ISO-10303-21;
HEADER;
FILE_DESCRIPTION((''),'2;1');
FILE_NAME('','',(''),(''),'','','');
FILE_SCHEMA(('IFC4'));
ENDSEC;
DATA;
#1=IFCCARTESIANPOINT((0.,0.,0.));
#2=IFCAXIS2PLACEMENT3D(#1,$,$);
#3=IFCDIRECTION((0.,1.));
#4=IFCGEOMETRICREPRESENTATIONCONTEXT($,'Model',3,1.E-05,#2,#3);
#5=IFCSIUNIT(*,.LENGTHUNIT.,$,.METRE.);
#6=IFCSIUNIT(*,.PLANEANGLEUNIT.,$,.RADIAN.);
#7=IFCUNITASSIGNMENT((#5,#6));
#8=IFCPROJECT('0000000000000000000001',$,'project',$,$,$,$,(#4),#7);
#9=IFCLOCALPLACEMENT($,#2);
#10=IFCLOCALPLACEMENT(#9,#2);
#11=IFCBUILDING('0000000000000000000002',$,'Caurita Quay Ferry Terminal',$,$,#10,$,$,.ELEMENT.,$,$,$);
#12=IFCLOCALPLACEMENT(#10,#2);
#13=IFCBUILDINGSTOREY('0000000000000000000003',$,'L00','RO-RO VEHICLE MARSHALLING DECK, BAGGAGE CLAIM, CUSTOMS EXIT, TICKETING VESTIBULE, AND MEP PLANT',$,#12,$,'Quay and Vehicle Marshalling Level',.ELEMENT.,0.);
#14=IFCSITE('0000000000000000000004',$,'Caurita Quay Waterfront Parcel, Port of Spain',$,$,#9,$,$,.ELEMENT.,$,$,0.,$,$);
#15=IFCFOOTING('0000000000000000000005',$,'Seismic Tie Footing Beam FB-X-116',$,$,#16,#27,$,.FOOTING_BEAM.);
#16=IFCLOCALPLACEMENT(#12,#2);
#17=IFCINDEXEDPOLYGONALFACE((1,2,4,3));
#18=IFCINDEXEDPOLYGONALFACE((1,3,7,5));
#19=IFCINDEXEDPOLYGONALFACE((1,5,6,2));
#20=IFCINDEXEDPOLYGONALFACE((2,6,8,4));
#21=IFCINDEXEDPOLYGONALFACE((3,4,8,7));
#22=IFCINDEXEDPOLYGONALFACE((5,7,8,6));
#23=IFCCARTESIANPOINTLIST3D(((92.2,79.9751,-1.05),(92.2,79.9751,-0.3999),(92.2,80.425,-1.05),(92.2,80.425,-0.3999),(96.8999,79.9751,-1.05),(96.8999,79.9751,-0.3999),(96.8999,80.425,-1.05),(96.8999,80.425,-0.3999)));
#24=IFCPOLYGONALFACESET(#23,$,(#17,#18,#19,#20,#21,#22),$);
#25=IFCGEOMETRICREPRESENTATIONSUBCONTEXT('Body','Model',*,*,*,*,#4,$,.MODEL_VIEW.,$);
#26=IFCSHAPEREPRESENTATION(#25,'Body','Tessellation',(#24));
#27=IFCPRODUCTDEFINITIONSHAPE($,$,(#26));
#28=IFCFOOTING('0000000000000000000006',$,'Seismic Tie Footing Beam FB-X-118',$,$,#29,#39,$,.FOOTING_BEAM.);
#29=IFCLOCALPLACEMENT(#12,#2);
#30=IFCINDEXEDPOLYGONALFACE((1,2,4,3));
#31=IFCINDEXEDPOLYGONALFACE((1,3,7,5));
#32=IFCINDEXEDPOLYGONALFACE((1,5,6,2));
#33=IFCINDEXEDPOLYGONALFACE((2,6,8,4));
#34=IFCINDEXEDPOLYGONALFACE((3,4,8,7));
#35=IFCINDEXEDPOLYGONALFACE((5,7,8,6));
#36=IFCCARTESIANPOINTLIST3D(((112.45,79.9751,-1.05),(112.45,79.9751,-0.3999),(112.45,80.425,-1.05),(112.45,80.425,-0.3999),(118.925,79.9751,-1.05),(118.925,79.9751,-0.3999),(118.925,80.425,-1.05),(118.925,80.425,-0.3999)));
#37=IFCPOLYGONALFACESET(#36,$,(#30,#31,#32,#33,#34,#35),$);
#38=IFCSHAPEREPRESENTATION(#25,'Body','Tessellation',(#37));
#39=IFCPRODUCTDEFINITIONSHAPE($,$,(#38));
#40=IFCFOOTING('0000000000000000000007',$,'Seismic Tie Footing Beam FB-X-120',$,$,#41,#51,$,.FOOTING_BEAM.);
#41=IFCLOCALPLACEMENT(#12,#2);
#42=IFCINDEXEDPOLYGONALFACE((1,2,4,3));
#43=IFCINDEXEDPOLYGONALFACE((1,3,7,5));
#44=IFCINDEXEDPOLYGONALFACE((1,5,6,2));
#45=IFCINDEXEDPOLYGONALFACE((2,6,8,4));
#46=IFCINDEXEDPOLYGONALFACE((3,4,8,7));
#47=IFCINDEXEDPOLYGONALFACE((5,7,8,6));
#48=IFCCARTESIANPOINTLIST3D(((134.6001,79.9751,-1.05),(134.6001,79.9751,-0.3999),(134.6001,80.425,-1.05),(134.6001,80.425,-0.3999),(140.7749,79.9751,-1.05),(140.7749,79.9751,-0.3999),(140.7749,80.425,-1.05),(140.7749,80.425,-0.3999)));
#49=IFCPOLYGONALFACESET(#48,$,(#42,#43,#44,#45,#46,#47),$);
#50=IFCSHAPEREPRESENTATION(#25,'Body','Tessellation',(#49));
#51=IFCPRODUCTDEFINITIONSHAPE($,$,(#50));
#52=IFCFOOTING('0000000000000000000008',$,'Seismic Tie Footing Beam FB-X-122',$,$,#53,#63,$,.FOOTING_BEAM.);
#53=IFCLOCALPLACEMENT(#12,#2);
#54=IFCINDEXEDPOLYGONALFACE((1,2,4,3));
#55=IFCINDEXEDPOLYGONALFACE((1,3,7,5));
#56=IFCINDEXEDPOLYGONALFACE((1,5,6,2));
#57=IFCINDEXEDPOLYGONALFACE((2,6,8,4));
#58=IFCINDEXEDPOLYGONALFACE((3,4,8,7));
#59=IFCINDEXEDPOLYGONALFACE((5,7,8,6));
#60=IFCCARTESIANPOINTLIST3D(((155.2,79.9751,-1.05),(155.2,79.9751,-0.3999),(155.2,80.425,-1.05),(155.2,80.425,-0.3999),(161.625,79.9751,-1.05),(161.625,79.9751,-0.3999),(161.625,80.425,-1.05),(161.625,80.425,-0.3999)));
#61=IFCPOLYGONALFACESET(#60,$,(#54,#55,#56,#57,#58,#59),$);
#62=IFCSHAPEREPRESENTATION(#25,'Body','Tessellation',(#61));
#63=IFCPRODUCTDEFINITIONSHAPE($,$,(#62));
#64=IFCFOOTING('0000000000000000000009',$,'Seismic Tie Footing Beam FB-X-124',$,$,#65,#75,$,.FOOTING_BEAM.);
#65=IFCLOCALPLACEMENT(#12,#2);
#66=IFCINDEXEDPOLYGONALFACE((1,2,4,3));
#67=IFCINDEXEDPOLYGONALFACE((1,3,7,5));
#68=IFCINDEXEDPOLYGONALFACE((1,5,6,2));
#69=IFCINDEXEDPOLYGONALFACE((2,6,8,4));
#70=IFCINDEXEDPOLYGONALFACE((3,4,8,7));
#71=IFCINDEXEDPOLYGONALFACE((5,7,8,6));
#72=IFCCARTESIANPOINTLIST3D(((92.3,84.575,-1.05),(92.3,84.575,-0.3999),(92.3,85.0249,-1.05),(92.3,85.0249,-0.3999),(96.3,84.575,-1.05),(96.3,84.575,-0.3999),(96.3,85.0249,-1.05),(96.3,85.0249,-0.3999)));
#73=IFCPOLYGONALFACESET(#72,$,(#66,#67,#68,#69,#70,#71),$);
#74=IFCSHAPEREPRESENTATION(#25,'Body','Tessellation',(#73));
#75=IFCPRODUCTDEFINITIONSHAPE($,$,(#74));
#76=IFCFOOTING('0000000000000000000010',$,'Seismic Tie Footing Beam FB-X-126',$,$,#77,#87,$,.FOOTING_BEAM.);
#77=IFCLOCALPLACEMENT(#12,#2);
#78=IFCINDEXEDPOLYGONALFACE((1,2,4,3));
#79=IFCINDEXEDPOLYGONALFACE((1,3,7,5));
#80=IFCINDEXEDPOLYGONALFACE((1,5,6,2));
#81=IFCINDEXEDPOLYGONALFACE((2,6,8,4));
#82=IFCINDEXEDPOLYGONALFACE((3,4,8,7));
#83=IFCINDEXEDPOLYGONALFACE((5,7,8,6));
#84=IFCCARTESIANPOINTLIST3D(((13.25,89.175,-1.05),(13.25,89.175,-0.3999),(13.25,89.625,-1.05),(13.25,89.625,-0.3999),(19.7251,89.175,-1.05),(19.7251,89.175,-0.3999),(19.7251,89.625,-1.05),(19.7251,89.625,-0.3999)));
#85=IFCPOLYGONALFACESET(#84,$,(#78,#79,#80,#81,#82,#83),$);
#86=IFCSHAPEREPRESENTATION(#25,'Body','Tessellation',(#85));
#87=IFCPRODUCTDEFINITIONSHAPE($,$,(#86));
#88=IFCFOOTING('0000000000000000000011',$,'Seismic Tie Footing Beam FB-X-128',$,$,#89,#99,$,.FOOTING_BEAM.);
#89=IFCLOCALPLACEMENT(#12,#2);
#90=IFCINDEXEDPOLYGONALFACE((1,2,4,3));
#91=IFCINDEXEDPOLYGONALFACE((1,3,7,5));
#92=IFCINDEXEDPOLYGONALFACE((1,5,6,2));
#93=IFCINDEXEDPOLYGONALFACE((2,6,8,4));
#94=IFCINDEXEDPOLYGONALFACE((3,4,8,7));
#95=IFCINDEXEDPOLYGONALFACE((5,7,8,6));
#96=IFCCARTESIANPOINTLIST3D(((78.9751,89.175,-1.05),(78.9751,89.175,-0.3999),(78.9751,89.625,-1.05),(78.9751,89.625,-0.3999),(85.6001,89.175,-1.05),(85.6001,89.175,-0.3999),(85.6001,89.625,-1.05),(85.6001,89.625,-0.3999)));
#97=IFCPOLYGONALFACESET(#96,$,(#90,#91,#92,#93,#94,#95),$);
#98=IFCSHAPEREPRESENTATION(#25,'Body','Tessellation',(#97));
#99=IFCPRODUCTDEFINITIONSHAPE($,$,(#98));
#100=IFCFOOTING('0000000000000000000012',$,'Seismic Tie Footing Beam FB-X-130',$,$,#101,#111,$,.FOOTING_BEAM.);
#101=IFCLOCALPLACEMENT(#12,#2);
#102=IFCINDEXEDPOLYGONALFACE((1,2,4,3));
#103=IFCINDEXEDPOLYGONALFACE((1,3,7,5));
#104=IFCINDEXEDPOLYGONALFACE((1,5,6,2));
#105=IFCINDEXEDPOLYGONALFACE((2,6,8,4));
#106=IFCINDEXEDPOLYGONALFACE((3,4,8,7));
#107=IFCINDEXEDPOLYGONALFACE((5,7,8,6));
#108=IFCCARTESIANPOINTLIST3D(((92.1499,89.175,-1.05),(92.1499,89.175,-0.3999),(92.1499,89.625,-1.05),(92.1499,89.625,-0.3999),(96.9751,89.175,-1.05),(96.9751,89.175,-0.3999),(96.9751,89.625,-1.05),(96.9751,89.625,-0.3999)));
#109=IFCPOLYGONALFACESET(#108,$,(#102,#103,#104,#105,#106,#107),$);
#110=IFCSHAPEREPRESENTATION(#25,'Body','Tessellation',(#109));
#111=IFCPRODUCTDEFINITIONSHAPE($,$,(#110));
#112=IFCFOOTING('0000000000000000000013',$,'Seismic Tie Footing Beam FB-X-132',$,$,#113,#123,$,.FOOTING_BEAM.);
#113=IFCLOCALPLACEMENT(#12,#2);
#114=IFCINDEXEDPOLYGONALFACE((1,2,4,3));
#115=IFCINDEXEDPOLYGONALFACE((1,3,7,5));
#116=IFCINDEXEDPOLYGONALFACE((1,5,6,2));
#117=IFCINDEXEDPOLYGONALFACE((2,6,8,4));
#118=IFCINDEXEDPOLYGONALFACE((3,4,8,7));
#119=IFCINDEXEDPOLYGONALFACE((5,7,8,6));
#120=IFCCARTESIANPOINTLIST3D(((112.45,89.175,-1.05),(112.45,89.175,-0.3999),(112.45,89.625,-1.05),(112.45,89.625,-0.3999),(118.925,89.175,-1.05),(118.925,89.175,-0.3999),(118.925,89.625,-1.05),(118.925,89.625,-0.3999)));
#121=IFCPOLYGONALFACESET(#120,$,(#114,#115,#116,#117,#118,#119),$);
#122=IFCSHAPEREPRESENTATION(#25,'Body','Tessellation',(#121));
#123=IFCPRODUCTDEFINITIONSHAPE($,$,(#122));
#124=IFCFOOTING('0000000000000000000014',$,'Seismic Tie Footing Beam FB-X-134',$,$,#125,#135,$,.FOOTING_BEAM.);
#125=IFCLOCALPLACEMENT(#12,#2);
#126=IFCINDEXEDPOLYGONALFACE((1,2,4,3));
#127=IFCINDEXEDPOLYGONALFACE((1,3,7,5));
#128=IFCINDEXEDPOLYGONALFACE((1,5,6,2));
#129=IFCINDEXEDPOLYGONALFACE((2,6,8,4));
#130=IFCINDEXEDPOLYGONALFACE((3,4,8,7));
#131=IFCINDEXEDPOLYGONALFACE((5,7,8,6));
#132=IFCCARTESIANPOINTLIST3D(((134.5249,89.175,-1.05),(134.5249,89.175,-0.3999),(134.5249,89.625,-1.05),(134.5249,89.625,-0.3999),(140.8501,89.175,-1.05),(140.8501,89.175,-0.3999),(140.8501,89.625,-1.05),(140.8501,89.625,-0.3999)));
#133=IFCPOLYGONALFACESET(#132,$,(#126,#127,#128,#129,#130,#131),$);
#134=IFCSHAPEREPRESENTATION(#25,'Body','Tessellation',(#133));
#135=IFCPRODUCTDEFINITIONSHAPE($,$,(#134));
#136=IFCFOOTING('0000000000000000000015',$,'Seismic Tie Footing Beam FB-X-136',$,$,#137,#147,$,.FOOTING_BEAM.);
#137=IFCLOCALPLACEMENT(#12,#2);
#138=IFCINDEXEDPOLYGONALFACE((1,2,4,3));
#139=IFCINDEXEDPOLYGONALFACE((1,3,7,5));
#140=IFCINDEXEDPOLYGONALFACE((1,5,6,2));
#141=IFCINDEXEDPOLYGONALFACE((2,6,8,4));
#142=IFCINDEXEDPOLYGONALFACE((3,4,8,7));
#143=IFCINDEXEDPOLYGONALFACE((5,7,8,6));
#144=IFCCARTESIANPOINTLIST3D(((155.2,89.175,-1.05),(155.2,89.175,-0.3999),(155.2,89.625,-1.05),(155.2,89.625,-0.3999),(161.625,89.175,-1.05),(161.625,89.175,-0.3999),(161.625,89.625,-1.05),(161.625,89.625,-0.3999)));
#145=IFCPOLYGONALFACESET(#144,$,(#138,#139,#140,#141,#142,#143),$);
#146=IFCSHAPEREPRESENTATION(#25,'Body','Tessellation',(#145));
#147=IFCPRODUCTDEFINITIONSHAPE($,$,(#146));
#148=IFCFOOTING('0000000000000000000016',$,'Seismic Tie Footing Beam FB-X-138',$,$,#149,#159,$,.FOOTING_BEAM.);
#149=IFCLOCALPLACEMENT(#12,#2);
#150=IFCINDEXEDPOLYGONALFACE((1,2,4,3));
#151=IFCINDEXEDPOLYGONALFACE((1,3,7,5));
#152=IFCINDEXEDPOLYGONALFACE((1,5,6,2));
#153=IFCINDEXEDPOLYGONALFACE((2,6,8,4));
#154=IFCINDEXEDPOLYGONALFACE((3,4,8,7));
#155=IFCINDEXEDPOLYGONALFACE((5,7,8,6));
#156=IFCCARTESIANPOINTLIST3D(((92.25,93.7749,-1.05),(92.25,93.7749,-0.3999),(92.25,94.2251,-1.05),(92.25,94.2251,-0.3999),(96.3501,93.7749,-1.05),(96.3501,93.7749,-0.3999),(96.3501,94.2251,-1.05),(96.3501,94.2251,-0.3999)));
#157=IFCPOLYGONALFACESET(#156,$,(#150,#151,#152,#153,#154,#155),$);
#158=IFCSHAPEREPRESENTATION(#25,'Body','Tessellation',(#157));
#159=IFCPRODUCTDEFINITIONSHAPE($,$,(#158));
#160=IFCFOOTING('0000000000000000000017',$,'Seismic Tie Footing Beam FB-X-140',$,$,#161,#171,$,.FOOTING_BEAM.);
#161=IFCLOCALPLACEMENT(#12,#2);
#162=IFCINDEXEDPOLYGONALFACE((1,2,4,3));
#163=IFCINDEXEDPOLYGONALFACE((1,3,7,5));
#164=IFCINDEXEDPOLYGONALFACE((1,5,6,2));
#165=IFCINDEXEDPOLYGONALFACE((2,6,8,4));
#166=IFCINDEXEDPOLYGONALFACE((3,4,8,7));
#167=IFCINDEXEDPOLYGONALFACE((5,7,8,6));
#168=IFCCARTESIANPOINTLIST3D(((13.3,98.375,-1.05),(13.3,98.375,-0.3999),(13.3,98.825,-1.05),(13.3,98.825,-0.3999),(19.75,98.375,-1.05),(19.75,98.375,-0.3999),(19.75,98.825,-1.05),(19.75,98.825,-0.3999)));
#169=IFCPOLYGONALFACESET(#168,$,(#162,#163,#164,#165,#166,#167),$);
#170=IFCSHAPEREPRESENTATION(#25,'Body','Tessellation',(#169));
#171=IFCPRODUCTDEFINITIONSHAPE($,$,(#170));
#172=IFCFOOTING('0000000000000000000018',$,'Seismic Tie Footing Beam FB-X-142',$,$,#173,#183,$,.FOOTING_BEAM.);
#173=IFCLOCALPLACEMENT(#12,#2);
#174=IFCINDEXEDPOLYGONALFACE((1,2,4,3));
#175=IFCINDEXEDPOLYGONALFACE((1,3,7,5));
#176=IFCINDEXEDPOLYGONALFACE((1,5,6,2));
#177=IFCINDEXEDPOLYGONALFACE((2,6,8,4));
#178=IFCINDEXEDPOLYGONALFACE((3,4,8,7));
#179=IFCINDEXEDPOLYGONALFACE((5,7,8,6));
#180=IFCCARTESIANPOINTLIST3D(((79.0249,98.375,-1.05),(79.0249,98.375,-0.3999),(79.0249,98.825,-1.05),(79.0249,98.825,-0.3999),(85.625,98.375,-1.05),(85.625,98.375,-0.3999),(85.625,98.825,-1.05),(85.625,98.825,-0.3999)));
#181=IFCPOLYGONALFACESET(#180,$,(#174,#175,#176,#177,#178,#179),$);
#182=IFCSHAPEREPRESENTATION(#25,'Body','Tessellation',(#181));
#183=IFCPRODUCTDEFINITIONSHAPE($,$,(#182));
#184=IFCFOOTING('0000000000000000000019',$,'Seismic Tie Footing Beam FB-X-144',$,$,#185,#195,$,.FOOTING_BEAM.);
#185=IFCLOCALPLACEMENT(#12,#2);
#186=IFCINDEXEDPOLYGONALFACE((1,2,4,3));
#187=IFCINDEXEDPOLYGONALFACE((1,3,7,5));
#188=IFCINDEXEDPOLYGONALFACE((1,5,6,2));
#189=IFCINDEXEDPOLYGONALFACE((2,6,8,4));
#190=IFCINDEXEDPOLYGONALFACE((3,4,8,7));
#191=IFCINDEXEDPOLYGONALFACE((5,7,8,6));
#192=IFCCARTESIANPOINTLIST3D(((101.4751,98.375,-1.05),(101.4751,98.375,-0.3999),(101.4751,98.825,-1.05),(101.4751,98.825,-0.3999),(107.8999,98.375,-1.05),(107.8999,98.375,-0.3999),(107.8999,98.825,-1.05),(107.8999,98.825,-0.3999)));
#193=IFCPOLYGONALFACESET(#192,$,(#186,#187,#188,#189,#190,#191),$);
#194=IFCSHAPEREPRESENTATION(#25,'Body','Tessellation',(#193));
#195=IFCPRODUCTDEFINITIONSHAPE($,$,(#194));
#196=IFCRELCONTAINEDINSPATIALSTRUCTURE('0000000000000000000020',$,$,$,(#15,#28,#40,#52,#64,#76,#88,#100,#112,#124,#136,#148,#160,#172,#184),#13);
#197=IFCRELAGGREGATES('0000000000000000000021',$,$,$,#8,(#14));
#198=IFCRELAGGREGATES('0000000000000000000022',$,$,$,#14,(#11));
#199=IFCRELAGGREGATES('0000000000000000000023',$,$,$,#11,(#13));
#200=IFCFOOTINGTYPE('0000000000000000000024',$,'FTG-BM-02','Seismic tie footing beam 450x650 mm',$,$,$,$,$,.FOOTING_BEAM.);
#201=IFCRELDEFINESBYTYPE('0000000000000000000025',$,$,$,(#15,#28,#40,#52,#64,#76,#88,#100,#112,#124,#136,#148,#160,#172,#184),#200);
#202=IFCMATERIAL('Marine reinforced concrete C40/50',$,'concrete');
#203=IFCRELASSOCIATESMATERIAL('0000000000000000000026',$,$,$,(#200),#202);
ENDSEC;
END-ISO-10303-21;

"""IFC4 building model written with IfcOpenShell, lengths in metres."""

from ifc_helpers import new_model, si_unit, direction, frame, origin, place, context, subcontext, project, spatial, polyline, outline, extrude, material, type_object, element, save


model = new_model("IFC4")

# Units and contexts
model_context = context("Model", 3, precision=1e-05, world=origin(), true_north=direction((0.0, 1.0)))
body_context = subcontext(model_context, "Body", "Model", "MODEL_VIEW")
ifc_project = project(units=[si_unit("LENGTHUNIT", "METRE"), si_unit("PLANEANGLEUNIT", "RADIAN")], contexts=[model_context])

# Site, building, storey
site_placement = place(None, origin())
site = spatial("IfcSite", under=ifc_project, at=site_placement, Name="Caurita Quay Waterfront Parcel, Port of Spain", CompositionType="ELEMENT", RefElevation=0.0)
building_placement = place(site_placement, origin())
building = spatial("IfcBuilding", under=site, at=building_placement, Name="Caurita Quay Ferry Terminal", CompositionType="ELEMENT")
storey_placement = place(building_placement, origin())
storey = spatial("IfcBuildingStorey", under=building, at=storey_placement, Name="L00", Description="RO-RO VEHICLE MARSHALLING DECK, BAGGAGE CLAIM, CUSTOMS EXIT, TICKETING VESTIBULE, AND MEP PLANT", LongName="Quay and Vehicle Marshalling Level", CompositionType="ELEMENT", Elevation=0.0)

# Footings
ifc_material = material(Name="Marine reinforced concrete C40/50", Category="concrete")
footing_type = type_object("IfcFootingType", Name="FTG-BM-02", Description="Seismic tie footing beam 450x650 mm", PredefinedType="FOOTING_BEAM", material=ifc_material)
footing_1_placement = place(storey_placement, frame((0.0, 0.0, -1.05)))
element("IfcFooting", 1, at=footing_1_placement, inside=storey, type_object=footing_type, Name="Seismic Tie Footing Beam FB-X-116", PredefinedType="FOOTING_BEAM", context=body_context, shape_type="SweptSolid", body=[
    extrude(outline(polyline([(92.2, 79.9751), (96.8999, 79.9751), (96.8999, 80.425), (92.2, 80.425), (92.2, 79.9751)])), origin(), (0.0, 0.0, 1.0), 0.6501),
])
footing_2_placement = place(storey_placement, frame((0.0, 0.0, -1.05)))
element("IfcFooting", 2, at=footing_2_placement, inside=storey, type_object=footing_type, Name="Seismic Tie Footing Beam FB-X-118", PredefinedType="FOOTING_BEAM", context=body_context, shape_type="SweptSolid", body=[
    extrude(outline(polyline([(112.45, 79.9751), (118.925, 79.9751), (118.925, 80.425), (112.45, 80.425), (112.45, 79.9751)])), origin(), (0.0, 0.0, 1.0), 0.6501),
])
footing_3_placement = place(storey_placement, frame((0.0, 0.0, -1.05)))
element("IfcFooting", 3, at=footing_3_placement, inside=storey, type_object=footing_type, Name="Seismic Tie Footing Beam FB-X-120", PredefinedType="FOOTING_BEAM", context=body_context, shape_type="SweptSolid", body=[
    extrude(outline(polyline([(134.6001, 79.9751), (140.7749, 79.9751), (140.7749, 80.425), (134.6001, 80.425), (134.6001, 79.9751)])), origin(), (0.0, 0.0, 1.0), 0.6501),
])
footing_4_placement = place(storey_placement, frame((0.0, 0.0, -1.05)))
element("IfcFooting", 4, at=footing_4_placement, inside=storey, type_object=footing_type, Name="Seismic Tie Footing Beam FB-X-122", PredefinedType="FOOTING_BEAM", context=body_context, shape_type="SweptSolid", body=[
    extrude(outline(polyline([(155.2, 79.9751), (161.625, 79.9751), (161.625, 80.425), (155.2, 80.425), (155.2, 79.9751)])), origin(), (0.0, 0.0, 1.0), 0.6501),
])
footing_5_placement = place(storey_placement, frame((0.0, 0.0, -1.05)))
element("IfcFooting", 5, at=footing_5_placement, inside=storey, type_object=footing_type, Name="Seismic Tie Footing Beam FB-X-124", PredefinedType="FOOTING_BEAM", context=body_context, shape_type="SweptSolid", body=[
    extrude(outline(polyline([(92.3, 84.575), (96.3, 84.575), (96.3, 85.0249), (92.3, 85.0249), (92.3, 84.575)])), origin(), (0.0, 0.0, 1.0), 0.6501),
])
footing_6_placement = place(storey_placement, frame((0.0, 0.0, -1.05)))
element("IfcFooting", 6, at=footing_6_placement, inside=storey, type_object=footing_type, Name="Seismic Tie Footing Beam FB-X-126", PredefinedType="FOOTING_BEAM", context=body_context, shape_type="SweptSolid", body=[
    extrude(outline(polyline([(13.25, 89.175), (19.7251, 89.175), (19.7251, 89.625), (13.25, 89.625), (13.25, 89.175)])), origin(), (0.0, 0.0, 1.0), 0.6501),
])
footing_7_placement = place(storey_placement, frame((0.0, 0.0, -1.05)))
element("IfcFooting", 7, at=footing_7_placement, inside=storey, type_object=footing_type, Name="Seismic Tie Footing Beam FB-X-128", PredefinedType="FOOTING_BEAM", context=body_context, shape_type="SweptSolid", body=[
    extrude(outline(polyline([(78.9751, 89.175), (85.6001, 89.175), (85.6001, 89.625), (78.9751, 89.625), (78.9751, 89.175)])), origin(), (0.0, 0.0, 1.0), 0.6501),
])
footing_8_placement = place(storey_placement, frame((0.0, 0.0, -1.05)))
element("IfcFooting", 8, at=footing_8_placement, inside=storey, type_object=footing_type, Name="Seismic Tie Footing Beam FB-X-130", PredefinedType="FOOTING_BEAM", context=body_context, shape_type="SweptSolid", body=[
    extrude(outline(polyline([(92.1499, 89.175), (96.9751, 89.175), (96.9751, 89.625), (92.1499, 89.625), (92.1499, 89.175)])), origin(), (0.0, 0.0, 1.0), 0.6501),
])
footing_9_placement = place(storey_placement, frame((0.0, 0.0, -1.05)))
element("IfcFooting", 9, at=footing_9_placement, inside=storey, type_object=footing_type, Name="Seismic Tie Footing Beam FB-X-132", PredefinedType="FOOTING_BEAM", context=body_context, shape_type="SweptSolid", body=[
    extrude(outline(polyline([(112.45, 89.175), (118.925, 89.175), (118.925, 89.625), (112.45, 89.625), (112.45, 89.175)])), origin(), (0.0, 0.0, 1.0), 0.6501),
])
footing_10_placement = place(storey_placement, frame((0.0, 0.0, -1.05)))
element("IfcFooting", 10, at=footing_10_placement, inside=storey, type_object=footing_type, Name="Seismic Tie Footing Beam FB-X-134", PredefinedType="FOOTING_BEAM", context=body_context, shape_type="SweptSolid", body=[
    extrude(outline(polyline([(134.5249, 89.175), (140.8501, 89.175), (140.8501, 89.625), (134.5249, 89.625), (134.5249, 89.175)])), origin(), (0.0, 0.0, 1.0), 0.6501),
])
footing_11_placement = place(storey_placement, frame((0.0, 0.0, -1.05)))
element("IfcFooting", 11, at=footing_11_placement, inside=storey, type_object=footing_type, Name="Seismic Tie Footing Beam FB-X-136", PredefinedType="FOOTING_BEAM", context=body_context, shape_type="SweptSolid", body=[
    extrude(outline(polyline([(155.2, 89.175), (161.625, 89.175), (161.625, 89.625), (155.2, 89.625), (155.2, 89.175)])), origin(), (0.0, 0.0, 1.0), 0.6501),
])
footing_12_placement = place(storey_placement, frame((0.0, 0.0, -1.05)))
element("IfcFooting", 12, at=footing_12_placement, inside=storey, type_object=footing_type, Name="Seismic Tie Footing Beam FB-X-138", PredefinedType="FOOTING_BEAM", context=body_context, shape_type="SweptSolid", body=[
    extrude(outline(polyline([(92.25, 93.7749), (96.3501, 93.7749), (96.3501, 94.2251), (92.25, 94.2251), (92.25, 93.7749)])), origin(), (0.0, 0.0, 1.0), 0.6501),
])
footing_13_placement = place(storey_placement, frame((0.0, 0.0, -1.05)))
element("IfcFooting", 13, at=footing_13_placement, inside=storey, type_object=footing_type, Name="Seismic Tie Footing Beam FB-X-140", PredefinedType="FOOTING_BEAM", context=body_context, shape_type="SweptSolid", body=[
    extrude(outline(polyline([(13.3, 98.375), (19.75, 98.375), (19.75, 98.825), (13.3, 98.825), (13.3, 98.375)])), origin(), (0.0, 0.0, 1.0), 0.6501),
])
footing_14_placement = place(storey_placement, frame((0.0, 0.0, -1.05)))
element("IfcFooting", 14, at=footing_14_placement, inside=storey, type_object=footing_type, Name="Seismic Tie Footing Beam FB-X-142", PredefinedType="FOOTING_BEAM", context=body_context, shape_type="SweptSolid", body=[
    extrude(outline(polyline([(79.0249, 98.375), (85.625, 98.375), (85.625, 98.825), (79.0249, 98.825), (79.0249, 98.375)])), origin(), (0.0, 0.0, 1.0), 0.6501),
])
footing_15_placement = place(storey_placement, frame((0.0, 0.0, -1.05)))
element("IfcFooting", 15, at=footing_15_placement, inside=storey, type_object=footing_type, Name="Seismic Tie Footing Beam FB-X-144", PredefinedType="FOOTING_BEAM", context=body_context, shape_type="SweptSolid", body=[
    extrude(outline(polyline([(101.4751, 98.375), (107.8999, 98.375), (107.8999, 98.825), (101.4751, 98.825), (101.4751, 98.375)])), origin(), (0.0, 0.0, 1.0), 0.6501),
])

save(model, "model.ifc")
